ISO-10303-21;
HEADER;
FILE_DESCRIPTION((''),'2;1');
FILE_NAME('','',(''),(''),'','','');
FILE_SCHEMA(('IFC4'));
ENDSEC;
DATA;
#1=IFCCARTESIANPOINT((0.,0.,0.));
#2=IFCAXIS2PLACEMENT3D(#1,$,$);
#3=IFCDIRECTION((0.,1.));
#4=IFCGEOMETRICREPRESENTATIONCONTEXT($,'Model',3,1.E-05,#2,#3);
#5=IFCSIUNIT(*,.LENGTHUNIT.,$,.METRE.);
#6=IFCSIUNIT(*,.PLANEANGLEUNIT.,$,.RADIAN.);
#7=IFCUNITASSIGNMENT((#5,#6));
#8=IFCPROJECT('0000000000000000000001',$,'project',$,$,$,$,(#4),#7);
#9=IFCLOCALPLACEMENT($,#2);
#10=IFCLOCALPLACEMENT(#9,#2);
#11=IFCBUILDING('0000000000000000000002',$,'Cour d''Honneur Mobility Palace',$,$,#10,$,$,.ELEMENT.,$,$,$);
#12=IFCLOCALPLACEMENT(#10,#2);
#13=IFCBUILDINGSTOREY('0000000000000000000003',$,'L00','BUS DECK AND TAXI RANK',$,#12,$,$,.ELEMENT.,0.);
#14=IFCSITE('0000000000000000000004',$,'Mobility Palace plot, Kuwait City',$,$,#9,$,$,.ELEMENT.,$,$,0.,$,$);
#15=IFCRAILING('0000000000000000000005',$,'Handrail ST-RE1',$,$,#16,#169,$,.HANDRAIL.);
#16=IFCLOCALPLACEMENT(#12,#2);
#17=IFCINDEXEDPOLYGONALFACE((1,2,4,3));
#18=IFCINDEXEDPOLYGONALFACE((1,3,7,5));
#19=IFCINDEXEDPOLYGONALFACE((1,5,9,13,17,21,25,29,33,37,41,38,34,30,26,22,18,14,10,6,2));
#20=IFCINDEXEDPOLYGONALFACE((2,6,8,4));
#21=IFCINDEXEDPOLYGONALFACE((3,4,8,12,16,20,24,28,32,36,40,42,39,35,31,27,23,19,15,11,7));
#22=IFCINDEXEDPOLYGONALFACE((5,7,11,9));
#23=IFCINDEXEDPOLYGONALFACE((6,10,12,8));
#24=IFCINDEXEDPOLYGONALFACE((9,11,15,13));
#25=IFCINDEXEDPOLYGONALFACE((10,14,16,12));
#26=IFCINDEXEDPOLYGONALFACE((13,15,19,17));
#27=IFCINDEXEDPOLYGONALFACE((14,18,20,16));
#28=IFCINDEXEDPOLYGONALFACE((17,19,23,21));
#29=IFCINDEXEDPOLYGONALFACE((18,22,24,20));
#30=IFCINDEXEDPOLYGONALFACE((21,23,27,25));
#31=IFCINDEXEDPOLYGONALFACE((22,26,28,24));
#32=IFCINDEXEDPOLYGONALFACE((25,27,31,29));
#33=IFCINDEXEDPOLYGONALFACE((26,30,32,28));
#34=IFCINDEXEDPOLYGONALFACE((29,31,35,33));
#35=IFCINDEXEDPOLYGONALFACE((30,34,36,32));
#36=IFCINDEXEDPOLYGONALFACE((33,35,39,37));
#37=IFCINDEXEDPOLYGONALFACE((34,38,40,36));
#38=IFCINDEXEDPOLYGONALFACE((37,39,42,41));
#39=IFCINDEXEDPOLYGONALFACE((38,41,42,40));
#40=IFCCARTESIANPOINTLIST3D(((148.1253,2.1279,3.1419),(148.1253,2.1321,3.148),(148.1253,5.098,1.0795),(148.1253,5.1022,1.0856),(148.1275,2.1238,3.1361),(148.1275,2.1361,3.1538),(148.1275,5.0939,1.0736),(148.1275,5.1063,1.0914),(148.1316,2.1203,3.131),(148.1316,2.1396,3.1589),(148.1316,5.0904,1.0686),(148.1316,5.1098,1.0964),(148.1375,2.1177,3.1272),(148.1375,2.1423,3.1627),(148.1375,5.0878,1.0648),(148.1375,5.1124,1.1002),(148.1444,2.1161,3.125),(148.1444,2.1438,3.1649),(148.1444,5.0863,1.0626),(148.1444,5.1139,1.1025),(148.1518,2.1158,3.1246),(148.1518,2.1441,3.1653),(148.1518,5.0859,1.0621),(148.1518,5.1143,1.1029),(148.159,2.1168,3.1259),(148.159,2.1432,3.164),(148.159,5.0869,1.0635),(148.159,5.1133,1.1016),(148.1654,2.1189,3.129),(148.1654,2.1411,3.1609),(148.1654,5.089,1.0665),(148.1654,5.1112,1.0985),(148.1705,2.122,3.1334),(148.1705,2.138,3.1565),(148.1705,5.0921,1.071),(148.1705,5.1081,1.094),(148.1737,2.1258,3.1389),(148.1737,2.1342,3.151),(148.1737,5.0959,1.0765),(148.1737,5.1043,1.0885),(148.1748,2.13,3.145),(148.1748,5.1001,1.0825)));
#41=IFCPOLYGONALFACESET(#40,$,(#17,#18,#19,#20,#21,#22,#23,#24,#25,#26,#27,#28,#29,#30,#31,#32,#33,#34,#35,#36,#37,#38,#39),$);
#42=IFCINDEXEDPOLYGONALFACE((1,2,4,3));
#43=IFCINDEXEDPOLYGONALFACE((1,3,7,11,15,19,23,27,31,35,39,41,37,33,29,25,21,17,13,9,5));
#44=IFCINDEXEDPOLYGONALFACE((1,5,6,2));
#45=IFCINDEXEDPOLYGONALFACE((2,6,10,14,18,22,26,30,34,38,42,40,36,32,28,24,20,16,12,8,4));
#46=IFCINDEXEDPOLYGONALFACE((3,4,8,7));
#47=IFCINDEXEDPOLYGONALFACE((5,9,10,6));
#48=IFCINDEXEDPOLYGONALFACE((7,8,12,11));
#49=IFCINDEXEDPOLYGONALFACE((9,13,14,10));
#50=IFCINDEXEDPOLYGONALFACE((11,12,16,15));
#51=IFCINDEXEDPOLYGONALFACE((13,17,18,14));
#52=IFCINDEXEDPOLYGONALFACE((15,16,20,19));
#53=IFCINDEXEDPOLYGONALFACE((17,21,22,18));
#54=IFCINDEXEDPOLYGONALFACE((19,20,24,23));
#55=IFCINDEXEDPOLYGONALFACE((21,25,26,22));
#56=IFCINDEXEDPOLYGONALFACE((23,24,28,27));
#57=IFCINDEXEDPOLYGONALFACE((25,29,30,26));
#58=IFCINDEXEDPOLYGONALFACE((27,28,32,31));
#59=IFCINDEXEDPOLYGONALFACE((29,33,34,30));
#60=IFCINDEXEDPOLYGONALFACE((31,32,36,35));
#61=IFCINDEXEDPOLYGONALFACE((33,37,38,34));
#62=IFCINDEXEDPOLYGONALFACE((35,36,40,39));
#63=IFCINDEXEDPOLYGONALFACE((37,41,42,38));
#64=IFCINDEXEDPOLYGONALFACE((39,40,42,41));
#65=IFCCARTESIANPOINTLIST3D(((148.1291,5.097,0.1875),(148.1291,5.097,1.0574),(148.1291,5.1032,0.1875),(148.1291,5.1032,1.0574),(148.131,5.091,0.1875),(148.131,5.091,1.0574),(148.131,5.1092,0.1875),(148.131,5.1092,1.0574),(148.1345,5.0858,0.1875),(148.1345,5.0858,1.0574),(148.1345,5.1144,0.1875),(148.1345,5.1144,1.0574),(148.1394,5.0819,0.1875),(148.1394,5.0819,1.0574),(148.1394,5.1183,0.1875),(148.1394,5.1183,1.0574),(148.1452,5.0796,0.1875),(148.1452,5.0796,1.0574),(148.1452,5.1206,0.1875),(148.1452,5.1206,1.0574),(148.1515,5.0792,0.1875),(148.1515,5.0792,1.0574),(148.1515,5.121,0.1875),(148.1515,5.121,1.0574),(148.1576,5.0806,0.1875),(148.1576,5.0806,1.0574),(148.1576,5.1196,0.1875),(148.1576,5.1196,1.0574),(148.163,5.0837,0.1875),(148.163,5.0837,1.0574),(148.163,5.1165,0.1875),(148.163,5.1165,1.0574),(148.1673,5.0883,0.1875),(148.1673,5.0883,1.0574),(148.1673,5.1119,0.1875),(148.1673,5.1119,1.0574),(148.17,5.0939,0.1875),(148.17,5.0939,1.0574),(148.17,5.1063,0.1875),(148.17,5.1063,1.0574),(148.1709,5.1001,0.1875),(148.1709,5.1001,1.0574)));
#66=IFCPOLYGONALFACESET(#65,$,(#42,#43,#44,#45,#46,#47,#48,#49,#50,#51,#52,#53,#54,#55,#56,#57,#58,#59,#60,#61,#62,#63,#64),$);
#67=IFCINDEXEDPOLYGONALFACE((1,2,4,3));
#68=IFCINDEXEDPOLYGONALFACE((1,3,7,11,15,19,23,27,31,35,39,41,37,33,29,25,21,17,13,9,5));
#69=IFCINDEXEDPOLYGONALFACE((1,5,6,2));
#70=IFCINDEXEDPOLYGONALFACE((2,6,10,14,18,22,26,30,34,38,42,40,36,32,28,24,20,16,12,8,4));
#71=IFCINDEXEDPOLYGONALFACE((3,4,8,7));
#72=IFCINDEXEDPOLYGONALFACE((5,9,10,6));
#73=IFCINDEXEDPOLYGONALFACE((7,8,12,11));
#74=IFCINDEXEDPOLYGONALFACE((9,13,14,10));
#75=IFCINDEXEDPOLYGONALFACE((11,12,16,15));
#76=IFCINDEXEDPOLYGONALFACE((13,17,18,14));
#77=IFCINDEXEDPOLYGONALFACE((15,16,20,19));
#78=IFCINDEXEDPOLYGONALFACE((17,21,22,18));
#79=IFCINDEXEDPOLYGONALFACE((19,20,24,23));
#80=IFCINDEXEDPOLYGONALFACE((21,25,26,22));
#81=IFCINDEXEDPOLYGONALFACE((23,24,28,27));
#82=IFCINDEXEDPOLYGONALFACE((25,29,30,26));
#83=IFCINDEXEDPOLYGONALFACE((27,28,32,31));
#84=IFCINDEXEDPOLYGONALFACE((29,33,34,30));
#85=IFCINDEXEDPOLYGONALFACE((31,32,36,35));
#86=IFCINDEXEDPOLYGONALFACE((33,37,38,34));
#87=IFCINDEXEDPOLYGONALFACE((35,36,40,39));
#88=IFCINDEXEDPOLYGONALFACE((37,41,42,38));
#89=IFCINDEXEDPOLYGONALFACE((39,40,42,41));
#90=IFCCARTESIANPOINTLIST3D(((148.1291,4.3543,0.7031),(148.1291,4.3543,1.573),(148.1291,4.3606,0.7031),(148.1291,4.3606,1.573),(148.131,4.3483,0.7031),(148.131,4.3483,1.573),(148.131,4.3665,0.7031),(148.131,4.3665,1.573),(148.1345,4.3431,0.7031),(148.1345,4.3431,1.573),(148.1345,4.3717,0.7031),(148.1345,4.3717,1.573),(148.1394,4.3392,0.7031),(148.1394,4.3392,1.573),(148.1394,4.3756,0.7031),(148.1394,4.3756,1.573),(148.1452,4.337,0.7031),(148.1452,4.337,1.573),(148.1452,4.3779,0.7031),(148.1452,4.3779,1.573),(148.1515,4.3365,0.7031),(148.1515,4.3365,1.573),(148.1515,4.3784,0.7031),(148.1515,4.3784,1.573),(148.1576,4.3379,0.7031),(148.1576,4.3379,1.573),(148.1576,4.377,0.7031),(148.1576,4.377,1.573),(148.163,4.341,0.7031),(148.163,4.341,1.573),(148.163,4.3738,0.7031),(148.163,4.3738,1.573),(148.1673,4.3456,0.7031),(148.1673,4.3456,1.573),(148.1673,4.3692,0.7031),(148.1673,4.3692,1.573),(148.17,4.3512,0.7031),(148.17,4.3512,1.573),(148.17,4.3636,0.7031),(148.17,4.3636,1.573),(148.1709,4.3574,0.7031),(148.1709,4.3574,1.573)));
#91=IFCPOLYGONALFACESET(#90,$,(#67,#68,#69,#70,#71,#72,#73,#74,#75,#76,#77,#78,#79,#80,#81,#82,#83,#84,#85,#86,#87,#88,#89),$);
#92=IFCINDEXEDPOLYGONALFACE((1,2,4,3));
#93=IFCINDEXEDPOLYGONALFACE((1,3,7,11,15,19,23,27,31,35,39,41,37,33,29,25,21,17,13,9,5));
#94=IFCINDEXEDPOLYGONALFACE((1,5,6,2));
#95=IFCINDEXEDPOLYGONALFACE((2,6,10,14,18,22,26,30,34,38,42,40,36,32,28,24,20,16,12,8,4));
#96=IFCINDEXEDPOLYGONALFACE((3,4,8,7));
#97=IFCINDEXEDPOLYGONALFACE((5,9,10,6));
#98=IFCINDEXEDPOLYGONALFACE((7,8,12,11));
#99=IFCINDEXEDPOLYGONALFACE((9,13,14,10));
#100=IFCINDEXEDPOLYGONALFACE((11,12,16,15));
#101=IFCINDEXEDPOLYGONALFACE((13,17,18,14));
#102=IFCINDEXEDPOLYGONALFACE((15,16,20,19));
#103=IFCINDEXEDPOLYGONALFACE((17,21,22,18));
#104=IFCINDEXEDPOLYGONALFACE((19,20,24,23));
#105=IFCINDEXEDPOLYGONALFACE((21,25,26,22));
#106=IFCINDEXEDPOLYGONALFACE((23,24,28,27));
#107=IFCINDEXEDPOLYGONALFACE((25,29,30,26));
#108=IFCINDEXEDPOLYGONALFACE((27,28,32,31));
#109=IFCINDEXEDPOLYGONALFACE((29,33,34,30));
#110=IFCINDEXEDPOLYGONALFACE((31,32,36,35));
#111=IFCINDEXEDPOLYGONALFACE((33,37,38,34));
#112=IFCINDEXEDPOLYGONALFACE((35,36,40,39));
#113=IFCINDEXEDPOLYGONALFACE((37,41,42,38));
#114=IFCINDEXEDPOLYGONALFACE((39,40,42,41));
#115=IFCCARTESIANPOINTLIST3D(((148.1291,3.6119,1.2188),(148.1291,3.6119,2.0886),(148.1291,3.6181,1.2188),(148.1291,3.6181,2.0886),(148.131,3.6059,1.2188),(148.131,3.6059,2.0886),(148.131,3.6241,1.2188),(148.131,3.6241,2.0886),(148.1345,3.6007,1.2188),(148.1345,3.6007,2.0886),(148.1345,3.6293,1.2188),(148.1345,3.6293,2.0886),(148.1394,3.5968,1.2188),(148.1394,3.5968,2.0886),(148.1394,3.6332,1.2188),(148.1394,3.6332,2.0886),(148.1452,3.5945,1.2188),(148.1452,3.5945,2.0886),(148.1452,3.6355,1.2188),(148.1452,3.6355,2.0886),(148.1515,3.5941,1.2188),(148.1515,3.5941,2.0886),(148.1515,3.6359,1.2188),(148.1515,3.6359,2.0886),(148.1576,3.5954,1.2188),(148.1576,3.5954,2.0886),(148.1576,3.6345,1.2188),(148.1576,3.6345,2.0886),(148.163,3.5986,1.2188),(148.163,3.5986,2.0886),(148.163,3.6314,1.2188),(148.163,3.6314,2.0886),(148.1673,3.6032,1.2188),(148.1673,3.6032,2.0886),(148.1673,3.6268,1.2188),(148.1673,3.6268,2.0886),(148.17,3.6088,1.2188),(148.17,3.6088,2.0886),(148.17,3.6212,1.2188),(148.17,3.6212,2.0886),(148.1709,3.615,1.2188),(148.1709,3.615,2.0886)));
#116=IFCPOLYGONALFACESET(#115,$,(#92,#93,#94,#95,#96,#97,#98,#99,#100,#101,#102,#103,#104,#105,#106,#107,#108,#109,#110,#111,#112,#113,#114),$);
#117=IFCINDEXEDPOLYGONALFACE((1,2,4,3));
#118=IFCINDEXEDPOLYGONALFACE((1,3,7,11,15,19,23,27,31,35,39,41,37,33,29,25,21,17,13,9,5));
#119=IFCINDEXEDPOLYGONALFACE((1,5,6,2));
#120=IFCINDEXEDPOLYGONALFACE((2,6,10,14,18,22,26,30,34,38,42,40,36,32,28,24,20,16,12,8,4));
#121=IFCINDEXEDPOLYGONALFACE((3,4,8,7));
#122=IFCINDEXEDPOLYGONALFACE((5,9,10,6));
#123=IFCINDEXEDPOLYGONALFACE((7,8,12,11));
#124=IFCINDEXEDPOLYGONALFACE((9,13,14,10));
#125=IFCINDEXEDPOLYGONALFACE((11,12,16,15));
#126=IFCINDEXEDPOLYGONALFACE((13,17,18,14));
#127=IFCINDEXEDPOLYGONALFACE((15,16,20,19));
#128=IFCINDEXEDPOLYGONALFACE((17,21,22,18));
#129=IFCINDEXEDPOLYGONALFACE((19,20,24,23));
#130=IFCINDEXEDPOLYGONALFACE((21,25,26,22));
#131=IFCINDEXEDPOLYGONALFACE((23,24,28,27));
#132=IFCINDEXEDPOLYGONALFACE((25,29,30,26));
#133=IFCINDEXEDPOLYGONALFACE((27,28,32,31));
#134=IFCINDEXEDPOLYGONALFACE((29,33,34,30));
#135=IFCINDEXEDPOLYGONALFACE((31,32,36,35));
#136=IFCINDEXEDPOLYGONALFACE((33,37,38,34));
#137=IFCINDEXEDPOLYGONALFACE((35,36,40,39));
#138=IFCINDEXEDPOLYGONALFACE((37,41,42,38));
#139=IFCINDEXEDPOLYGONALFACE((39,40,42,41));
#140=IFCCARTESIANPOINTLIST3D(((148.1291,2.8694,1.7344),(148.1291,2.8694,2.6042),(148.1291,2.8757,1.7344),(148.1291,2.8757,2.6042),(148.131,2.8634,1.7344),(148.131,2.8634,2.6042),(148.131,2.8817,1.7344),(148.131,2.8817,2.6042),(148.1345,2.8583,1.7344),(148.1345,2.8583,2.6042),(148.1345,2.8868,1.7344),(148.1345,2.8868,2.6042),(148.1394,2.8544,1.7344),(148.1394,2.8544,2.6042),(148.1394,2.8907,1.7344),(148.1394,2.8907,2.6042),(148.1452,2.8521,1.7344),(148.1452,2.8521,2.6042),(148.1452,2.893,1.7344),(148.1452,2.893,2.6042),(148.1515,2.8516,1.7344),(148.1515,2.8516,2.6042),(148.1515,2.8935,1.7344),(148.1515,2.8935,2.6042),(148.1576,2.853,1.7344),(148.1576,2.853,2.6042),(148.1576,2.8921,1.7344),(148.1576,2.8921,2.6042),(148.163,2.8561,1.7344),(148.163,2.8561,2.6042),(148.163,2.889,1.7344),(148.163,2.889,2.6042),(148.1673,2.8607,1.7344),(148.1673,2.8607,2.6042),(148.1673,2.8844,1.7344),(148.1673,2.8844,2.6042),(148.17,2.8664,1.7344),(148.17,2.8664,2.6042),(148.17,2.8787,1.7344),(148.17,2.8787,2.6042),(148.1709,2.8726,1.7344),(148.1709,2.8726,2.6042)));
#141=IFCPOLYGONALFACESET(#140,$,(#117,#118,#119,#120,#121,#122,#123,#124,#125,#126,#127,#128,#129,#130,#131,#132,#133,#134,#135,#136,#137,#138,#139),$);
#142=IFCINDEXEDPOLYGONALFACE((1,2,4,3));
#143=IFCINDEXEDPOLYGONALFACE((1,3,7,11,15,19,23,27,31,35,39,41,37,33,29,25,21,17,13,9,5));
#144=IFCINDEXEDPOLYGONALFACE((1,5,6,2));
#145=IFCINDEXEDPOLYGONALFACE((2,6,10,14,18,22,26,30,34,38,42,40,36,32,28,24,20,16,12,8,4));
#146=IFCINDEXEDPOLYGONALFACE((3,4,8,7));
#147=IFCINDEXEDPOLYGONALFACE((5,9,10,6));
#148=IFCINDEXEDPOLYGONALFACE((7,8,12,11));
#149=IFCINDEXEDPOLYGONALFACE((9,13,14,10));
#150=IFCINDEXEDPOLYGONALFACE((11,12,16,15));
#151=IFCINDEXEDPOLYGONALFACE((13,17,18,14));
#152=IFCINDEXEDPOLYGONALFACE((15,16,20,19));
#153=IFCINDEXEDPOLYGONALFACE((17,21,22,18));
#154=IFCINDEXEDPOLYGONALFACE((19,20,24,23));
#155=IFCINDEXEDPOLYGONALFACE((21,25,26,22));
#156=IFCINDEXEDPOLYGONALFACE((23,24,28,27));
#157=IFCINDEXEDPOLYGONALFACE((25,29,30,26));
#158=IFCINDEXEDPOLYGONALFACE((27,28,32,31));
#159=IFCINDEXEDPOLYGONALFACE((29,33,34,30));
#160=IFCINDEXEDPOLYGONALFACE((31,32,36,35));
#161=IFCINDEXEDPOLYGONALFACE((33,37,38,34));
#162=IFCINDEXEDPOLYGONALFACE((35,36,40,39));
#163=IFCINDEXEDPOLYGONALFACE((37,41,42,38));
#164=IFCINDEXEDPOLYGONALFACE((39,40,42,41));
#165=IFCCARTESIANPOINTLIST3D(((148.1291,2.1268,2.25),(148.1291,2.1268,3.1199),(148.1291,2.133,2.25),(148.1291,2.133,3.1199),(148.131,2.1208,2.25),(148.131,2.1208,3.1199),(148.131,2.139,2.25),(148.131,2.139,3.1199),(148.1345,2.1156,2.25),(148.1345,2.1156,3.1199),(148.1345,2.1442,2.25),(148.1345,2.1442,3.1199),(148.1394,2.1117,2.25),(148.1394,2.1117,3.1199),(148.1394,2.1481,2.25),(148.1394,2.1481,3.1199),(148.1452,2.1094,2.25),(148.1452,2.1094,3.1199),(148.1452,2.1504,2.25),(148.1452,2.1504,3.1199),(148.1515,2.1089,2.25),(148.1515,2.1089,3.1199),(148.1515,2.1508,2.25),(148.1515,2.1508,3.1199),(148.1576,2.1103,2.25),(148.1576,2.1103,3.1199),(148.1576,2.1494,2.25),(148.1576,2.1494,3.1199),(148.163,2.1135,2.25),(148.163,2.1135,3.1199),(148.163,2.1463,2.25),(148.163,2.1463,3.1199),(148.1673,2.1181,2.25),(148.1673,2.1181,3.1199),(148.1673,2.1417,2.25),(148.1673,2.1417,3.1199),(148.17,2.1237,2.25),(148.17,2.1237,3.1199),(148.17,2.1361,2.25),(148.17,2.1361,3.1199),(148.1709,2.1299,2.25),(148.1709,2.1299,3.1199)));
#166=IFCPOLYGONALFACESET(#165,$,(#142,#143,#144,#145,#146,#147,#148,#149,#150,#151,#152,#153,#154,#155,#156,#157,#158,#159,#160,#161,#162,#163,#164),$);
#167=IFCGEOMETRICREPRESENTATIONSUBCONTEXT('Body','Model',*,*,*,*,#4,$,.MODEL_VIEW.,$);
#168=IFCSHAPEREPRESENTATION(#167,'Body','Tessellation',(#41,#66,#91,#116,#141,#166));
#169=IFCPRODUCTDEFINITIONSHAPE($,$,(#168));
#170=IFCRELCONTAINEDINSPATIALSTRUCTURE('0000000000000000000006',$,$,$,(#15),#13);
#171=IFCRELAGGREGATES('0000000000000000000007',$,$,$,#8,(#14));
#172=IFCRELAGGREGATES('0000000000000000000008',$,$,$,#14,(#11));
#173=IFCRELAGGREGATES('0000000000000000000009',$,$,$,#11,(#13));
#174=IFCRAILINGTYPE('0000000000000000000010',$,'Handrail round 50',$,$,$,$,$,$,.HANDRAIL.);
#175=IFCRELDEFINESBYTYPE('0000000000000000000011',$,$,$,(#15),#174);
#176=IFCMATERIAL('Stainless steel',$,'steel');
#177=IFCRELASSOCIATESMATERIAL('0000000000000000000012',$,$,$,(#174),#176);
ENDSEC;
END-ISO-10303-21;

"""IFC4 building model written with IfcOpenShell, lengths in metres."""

from ifc_helpers import new_model, si_unit, direction, frame, origin, origin_2d, place, context, subcontext, project, spatial, circle, extrude, material, type_object, element, save


model = new_model("IFC4")

# Units and contexts
model_context = context("Model", 3, precision=1e-05, world=origin(), true_north=direction((0.0, 1.0)))
body_context = subcontext(model_context, "Body", "Model", "MODEL_VIEW")
ifc_project = project(units=[si_unit("LENGTHUNIT", "METRE"), si_unit("PLANEANGLEUNIT", "RADIAN")], contexts=[model_context])

# Site, building, storey
site_placement = place(None, origin())
site = spatial("IfcSite", under=ifc_project, at=site_placement, Name="Mobility Palace plot, Kuwait City", CompositionType="ELEMENT", RefElevation=0.0)
building_placement = place(site_placement, origin())
building = spatial("IfcBuilding", under=site, at=building_placement, Name="Cour d'Honneur Mobility Palace", CompositionType="ELEMENT")
storey_placement = place(building_placement, origin())
storey = spatial("IfcBuildingStorey", under=building, at=storey_placement, Name="L00", Description="BUS DECK AND TAXI RANK", CompositionType="ELEMENT", Elevation=0.0)

# Railing
ifc_material_1 = material(Name="Stainless steel", Category="steel")
railing_type_1 = type_object("IfcRailingType", Name="Handrail round 50", PredefinedType="HANDRAIL", material=ifc_material_1)
for number, where, name in (
    (1, (148.1499, 5.1001, 0.1875), "Handrail ST-RE1"),
):
    element("IfcRailing", number, at=place(storey_placement, frame(where)), inside=storey, type_object=railing_type_1, Name=name, PredefinedType="HANDRAIL", context=body_context, shape_type="SweptSolid", body=[
        extrude(circle(Radius=0.0249, at=origin_2d()), frame((0.0, 0.0, 0.895), z_axis=(0.0, -0.821389, 0.570368), x_axis=(1.0, 0.0, 0.0)), (0.0, 0.0, 1.0), 3.616),
        extrude(circle(Radius=0.021, at=origin_2d()), origin(), (0.0, 0.0, 1.0), 0.8699),
        extrude(circle(Radius=0.021, at=origin_2d()), frame((0.0, -0.7427, 0.5156)), (0.0, 0.0, 1.0), 0.8699),
        extrude(circle(Radius=0.021, at=origin_2d()), frame((0.0, -1.4851, 1.0312)), (0.0, 0.0, 1.0), 0.8699),
        extrude(circle(Radius=0.021, at=origin_2d()), frame((0.0, -2.2275, 1.5469)), (0.0, 0.0, 1.0), 0.8699),
        extrude(circle(Radius=0.021, at=origin_2d()), frame((0.0, -2.9702, 2.0625)), (0.0, 0.0, 1.0), 0.8699),
    ])

save(model, "model.ifc")
